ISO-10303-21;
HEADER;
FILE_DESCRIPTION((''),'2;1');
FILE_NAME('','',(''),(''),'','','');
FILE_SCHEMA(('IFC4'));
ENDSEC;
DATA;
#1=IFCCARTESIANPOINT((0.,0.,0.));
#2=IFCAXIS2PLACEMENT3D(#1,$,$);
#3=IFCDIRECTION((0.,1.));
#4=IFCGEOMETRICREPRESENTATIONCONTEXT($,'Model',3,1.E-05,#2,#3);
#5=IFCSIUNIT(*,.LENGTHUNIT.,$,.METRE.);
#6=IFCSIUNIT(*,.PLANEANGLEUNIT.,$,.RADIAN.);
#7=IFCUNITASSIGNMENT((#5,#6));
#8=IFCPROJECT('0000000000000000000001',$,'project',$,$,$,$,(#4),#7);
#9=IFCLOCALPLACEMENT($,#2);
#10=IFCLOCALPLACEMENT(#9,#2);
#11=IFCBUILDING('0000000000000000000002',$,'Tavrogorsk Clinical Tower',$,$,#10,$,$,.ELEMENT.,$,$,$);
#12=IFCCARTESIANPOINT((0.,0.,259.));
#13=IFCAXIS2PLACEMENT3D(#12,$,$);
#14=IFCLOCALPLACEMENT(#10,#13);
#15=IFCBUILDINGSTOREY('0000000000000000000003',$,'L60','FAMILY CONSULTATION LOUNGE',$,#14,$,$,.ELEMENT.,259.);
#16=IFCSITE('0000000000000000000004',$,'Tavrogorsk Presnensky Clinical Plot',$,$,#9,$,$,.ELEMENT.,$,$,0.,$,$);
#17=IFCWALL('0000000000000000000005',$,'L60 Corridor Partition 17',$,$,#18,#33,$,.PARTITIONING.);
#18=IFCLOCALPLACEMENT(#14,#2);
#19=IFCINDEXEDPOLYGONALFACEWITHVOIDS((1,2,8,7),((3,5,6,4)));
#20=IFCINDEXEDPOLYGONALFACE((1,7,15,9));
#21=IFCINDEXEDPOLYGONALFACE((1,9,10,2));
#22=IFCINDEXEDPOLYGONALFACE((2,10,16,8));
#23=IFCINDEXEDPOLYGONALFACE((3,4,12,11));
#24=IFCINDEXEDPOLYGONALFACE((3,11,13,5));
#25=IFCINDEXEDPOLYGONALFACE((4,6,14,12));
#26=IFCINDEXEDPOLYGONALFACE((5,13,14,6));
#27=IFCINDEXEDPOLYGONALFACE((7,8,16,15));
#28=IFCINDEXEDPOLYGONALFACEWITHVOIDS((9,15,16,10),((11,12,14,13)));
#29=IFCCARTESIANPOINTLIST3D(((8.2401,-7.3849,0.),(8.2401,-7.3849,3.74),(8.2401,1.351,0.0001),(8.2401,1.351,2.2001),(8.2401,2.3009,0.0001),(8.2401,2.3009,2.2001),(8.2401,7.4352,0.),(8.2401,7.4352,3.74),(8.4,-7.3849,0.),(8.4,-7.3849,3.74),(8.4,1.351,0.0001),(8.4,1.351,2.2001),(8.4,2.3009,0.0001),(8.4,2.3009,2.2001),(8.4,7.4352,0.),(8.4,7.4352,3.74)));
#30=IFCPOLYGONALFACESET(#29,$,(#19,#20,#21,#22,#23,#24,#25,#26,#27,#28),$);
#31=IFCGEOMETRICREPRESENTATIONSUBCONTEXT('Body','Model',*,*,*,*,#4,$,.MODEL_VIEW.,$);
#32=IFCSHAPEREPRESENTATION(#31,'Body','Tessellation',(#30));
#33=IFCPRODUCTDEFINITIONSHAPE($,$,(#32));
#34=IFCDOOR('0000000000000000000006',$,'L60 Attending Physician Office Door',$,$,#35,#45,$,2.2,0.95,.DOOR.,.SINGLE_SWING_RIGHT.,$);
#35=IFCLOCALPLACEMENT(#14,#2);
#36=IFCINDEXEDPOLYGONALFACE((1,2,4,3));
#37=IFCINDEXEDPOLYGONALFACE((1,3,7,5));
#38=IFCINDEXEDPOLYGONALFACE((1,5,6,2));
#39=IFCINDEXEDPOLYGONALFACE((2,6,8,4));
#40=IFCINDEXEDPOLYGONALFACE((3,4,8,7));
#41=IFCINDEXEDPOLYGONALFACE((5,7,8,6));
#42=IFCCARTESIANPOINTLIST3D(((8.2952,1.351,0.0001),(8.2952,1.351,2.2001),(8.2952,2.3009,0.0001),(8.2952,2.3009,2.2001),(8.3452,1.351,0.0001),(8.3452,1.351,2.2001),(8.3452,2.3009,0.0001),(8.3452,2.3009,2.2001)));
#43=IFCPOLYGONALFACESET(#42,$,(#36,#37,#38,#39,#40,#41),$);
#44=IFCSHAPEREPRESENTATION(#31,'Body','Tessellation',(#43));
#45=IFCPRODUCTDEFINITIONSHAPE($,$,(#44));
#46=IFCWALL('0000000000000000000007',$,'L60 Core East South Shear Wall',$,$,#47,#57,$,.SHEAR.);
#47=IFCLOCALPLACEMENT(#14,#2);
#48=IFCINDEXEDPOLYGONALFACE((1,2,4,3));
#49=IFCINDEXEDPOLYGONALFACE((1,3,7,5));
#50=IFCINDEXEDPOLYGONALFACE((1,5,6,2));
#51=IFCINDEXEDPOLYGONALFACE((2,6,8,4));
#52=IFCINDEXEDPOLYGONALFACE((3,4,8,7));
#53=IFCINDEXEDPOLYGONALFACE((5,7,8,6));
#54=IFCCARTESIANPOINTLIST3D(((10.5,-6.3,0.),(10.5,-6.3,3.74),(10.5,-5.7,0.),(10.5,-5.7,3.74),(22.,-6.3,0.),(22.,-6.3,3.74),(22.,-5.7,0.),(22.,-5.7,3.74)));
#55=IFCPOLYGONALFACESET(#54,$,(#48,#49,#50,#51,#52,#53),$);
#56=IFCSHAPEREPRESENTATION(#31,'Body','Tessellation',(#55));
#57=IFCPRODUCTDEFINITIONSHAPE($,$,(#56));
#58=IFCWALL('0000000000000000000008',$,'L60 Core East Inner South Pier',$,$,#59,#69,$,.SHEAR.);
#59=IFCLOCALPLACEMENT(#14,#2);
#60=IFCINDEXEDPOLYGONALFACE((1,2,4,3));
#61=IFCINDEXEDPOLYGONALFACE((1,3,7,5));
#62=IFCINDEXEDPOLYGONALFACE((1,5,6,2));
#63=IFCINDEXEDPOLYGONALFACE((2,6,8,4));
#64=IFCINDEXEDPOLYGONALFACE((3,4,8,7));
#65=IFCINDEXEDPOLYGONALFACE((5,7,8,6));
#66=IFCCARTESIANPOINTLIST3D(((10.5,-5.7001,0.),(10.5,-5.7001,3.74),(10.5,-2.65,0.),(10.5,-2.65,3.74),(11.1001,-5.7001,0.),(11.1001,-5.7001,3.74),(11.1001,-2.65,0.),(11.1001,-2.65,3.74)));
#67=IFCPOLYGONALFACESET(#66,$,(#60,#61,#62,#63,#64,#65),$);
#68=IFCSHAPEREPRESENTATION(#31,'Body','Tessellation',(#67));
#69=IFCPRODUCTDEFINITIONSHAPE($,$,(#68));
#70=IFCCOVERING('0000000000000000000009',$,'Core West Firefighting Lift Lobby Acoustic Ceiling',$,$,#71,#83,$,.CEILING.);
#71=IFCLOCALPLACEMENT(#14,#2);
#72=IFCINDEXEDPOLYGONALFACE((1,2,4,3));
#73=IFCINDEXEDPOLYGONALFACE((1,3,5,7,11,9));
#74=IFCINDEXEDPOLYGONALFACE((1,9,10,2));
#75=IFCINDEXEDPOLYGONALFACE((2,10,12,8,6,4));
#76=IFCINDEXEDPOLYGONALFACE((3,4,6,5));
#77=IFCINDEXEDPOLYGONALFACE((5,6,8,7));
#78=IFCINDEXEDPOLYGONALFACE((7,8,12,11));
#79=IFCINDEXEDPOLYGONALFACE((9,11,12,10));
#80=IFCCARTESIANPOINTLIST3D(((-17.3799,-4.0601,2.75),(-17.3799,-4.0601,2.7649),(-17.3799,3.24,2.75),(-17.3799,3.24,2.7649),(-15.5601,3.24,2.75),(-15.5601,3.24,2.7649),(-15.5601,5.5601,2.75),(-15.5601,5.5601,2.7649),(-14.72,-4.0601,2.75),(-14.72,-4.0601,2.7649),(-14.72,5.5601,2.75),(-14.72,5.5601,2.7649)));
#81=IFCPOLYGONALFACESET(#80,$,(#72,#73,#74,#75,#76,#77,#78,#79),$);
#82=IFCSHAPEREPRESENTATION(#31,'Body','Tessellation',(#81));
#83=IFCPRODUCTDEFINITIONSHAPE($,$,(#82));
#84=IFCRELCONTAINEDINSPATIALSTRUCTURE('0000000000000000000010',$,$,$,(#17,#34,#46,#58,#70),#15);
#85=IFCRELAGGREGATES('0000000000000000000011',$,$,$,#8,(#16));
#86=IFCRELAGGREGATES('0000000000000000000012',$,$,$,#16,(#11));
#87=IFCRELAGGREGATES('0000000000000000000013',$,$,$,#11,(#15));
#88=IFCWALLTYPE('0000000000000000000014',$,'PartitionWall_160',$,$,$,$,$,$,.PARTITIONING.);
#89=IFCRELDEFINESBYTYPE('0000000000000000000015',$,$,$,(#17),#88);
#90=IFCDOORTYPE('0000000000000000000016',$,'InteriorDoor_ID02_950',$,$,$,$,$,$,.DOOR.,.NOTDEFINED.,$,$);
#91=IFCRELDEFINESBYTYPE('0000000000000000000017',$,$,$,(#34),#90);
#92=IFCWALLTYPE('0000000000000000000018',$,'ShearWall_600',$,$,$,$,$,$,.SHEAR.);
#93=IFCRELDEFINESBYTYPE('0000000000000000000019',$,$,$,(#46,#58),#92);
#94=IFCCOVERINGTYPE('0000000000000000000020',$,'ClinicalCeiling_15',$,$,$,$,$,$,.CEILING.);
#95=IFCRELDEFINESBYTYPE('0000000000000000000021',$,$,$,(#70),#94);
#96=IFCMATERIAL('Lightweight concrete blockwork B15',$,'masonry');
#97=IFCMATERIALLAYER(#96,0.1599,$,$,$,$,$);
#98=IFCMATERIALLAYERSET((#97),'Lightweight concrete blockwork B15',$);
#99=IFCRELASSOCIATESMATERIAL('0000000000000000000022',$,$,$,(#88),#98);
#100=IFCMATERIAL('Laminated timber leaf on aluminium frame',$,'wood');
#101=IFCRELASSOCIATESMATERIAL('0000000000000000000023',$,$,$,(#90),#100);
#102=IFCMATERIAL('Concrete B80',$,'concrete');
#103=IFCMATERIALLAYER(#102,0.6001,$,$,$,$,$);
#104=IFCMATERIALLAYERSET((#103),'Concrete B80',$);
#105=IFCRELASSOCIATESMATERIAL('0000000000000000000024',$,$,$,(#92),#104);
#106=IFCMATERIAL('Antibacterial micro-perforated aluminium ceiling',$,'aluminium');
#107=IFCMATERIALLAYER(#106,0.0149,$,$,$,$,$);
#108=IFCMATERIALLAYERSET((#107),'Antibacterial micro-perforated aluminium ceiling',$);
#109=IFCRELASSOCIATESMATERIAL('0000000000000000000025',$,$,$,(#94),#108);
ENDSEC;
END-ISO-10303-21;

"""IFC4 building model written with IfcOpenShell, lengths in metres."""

from ifc_helpers import new_model, si_unit, direction, frame, frame_2d, origin, place, context, subcontext, project, spatial, polyline, rectangle, outline, extrude, material, layer, layer_set, type_object, element, fill, save


model = new_model("IFC4")

# Units and contexts
model_context = context("Model", 3, precision=1e-05, world=origin(), true_north=direction((0.0, 1.0)))
body_context = subcontext(model_context, "Body", "Model", "MODEL_VIEW")
ifc_project = project(units=[si_unit("LENGTHUNIT", "METRE"), si_unit("PLANEANGLEUNIT", "RADIAN")], contexts=[model_context])

# Site, building, storey
site_placement = place(None, origin())
site = spatial("IfcSite", under=ifc_project, at=site_placement, Name="Tavrogorsk Presnensky Clinical Plot", CompositionType="ELEMENT", RefElevation=0.0)
building_placement = place(site_placement, origin())
building = spatial("IfcBuilding", under=site, at=building_placement, Name="Tavrogorsk Clinical Tower", CompositionType="ELEMENT")
storey_placement = place(building_placement, frame((0.0, 0.0, 259.0)))
storey = spatial("IfcBuildingStorey", under=building, at=storey_placement, Name="L60", Description="FAMILY CONSULTATION LOUNGE", CompositionType="ELEMENT", Elevation=259.0)

# Shared definitions
ifc_material_1 = material(Name="Lightweight concrete blockwork B15", Category="masonry")
ifc_layer_1 = layer(ifc_material_1, 0.1599)
ifc_layer_set_1 = layer_set([ifc_layer_1], Name="Lightweight concrete blockwork B15")
wall_type_1 = type_object("IfcWallType", Name="PartitionWall_160", PredefinedType="PARTITIONING", material=ifc_layer_set_1)

# Wall, opening, door
ifc_material_2 = material(Name="Laminated timber leaf on aluminium frame", Category="wood")
door_type = type_object("IfcDoorType", Name="InteriorDoor_ID02_950", OperationType="NOTDEFINED", PredefinedType="DOOR", material=ifc_material_2)
wall_1_placement = place(storey_placement, frame((8.3201, -7.385, 0.0), z_axis=(0.0, 0.0, 1.0), x_axis=(0.0, 1.0, 0.0)))
wall_1 = element("IfcWall", 1, at=wall_1_placement, inside=storey, type_object=wall_type_1, Name="L60 Corridor Partition 17", PredefinedType="PARTITIONING", context=body_context, shape_type="SweptSolid", body=[
    extrude(rectangle(XDim=14.8201, YDim=0.1599, at=frame_2d((7.4102, 0.0))), origin(), (0.0, 0.0, 1.0), 3.74),
])
opening_1_placement = place(wall_1_placement, frame((8.7358, 0.0, 0.0)))
opening_1 = element("IfcOpeningElement", 2, at=opening_1_placement, cuts=wall_1, PredefinedType="OPENING", context=body_context, shape_type="SweptSolid", body=[
    extrude(rectangle(XDim=0.95, YDim=2.2, at=frame_2d((0.4751, 1.1001))), frame((0.0, 0.0898, 0.0), z_axis=(0.0, -1.0, 0.0), x_axis=(1.0, 0.0, 0.0)), (0.0, 0.0, 1.0), 0.1799),
])
door_1_placement = place(opening_1_placement, origin())
door_1 = element("IfcDoor", 3, at=door_1_placement, inside=storey, type_object=door_type, Name="L60 Attending Physician Office Door", OperationType="SINGLE_SWING_RIGHT", OverallHeight=2.2, OverallWidth=0.95, PredefinedType="DOOR", context=body_context, shape_type="SweptSolid", body=[
    extrude(rectangle(XDim=0.95, YDim=2.2, at=frame_2d((0.4751, 1.1001))), frame((0.0, 0.0249, 0.0), z_axis=(0.0, -1.0, 0.0), x_axis=(1.0, 0.0, 0.0)), (0.0, 0.0, 1.0), 0.05),
])
fill(opening_1, door_1)

# Walls
ifc_material_3 = material(Name="Concrete B80", Category="concrete")
ifc_layer_2 = layer(ifc_material_3, 0.6001)
ifc_layer_set_2 = layer_set([ifc_layer_2], Name="Concrete B80")
wall_type_2 = type_object("IfcWallType", Name="ShearWall_600", PredefinedType="SHEAR", material=ifc_layer_set_2)
wall_2_placement = place(storey_placement, frame((10.5, -6.0, 0.0), z_axis=(0.0, 0.0, 1.0), x_axis=(1.0, 0.0, 0.0)))
element("IfcWall", 4, at=wall_2_placement, inside=storey, type_object=wall_type_2, Name="L60 Core East South Shear Wall", PredefinedType="SHEAR", context=body_context, shape_type="SweptSolid", body=[
    extrude(rectangle(XDim=11.5, YDim=0.6001, at=frame_2d((5.75, 0.0))), origin(), (0.0, 0.0, 1.0), 3.74),
])
wall_3_placement = place(storey_placement, frame((10.8, -5.7, 0.0), z_axis=(0.0, 0.0, 1.0), x_axis=(0.0, 1.0, 0.0)))
element("IfcWall", 5, at=wall_3_placement, inside=storey, type_object=wall_type_2, Name="L60 Core East Inner South Pier", PredefinedType="SHEAR", context=body_context, shape_type="SweptSolid", body=[
    extrude(rectangle(XDim=3.05, YDim=0.6001, at=frame_2d((1.5249, 0.0))), origin(), (0.0, 0.0, 1.0), 3.74),
])

# Covering
ifc_material_4 = material(Name="Antibacterial micro-perforated aluminium ceiling", Category="aluminium")
ifc_layer_3 = layer(ifc_material_4, 0.0149)
ifc_layer_set_3 = layer_set([ifc_layer_3], Name="Antibacterial micro-perforated aluminium ceiling")
covering_type = type_object("IfcCoveringType", Name="ClinicalCeiling_15", PredefinedType="CEILING", material=ifc_layer_set_3)
covering_placement = place(storey_placement, frame((0.0, 0.0, 2.75)))
element("IfcCovering", 6, at=covering_placement, inside=storey, type_object=covering_type, Name="Core West Firefighting Lift Lobby Acoustic Ceiling", PredefinedType="CEILING", context=body_context, shape_type="SweptSolid", body=[
    extrude(outline(polyline([(-14.72, 5.5601), (-14.72, -4.0601), (-17.3799, -4.0601), (-17.3799, 3.24), (-15.5601, 3.24), (-15.5601, 5.5601), (-14.72, 5.5601)])), origin(), (0.0, 0.0, 1.0), 0.0149),
])

save(model, "model.ifc")
